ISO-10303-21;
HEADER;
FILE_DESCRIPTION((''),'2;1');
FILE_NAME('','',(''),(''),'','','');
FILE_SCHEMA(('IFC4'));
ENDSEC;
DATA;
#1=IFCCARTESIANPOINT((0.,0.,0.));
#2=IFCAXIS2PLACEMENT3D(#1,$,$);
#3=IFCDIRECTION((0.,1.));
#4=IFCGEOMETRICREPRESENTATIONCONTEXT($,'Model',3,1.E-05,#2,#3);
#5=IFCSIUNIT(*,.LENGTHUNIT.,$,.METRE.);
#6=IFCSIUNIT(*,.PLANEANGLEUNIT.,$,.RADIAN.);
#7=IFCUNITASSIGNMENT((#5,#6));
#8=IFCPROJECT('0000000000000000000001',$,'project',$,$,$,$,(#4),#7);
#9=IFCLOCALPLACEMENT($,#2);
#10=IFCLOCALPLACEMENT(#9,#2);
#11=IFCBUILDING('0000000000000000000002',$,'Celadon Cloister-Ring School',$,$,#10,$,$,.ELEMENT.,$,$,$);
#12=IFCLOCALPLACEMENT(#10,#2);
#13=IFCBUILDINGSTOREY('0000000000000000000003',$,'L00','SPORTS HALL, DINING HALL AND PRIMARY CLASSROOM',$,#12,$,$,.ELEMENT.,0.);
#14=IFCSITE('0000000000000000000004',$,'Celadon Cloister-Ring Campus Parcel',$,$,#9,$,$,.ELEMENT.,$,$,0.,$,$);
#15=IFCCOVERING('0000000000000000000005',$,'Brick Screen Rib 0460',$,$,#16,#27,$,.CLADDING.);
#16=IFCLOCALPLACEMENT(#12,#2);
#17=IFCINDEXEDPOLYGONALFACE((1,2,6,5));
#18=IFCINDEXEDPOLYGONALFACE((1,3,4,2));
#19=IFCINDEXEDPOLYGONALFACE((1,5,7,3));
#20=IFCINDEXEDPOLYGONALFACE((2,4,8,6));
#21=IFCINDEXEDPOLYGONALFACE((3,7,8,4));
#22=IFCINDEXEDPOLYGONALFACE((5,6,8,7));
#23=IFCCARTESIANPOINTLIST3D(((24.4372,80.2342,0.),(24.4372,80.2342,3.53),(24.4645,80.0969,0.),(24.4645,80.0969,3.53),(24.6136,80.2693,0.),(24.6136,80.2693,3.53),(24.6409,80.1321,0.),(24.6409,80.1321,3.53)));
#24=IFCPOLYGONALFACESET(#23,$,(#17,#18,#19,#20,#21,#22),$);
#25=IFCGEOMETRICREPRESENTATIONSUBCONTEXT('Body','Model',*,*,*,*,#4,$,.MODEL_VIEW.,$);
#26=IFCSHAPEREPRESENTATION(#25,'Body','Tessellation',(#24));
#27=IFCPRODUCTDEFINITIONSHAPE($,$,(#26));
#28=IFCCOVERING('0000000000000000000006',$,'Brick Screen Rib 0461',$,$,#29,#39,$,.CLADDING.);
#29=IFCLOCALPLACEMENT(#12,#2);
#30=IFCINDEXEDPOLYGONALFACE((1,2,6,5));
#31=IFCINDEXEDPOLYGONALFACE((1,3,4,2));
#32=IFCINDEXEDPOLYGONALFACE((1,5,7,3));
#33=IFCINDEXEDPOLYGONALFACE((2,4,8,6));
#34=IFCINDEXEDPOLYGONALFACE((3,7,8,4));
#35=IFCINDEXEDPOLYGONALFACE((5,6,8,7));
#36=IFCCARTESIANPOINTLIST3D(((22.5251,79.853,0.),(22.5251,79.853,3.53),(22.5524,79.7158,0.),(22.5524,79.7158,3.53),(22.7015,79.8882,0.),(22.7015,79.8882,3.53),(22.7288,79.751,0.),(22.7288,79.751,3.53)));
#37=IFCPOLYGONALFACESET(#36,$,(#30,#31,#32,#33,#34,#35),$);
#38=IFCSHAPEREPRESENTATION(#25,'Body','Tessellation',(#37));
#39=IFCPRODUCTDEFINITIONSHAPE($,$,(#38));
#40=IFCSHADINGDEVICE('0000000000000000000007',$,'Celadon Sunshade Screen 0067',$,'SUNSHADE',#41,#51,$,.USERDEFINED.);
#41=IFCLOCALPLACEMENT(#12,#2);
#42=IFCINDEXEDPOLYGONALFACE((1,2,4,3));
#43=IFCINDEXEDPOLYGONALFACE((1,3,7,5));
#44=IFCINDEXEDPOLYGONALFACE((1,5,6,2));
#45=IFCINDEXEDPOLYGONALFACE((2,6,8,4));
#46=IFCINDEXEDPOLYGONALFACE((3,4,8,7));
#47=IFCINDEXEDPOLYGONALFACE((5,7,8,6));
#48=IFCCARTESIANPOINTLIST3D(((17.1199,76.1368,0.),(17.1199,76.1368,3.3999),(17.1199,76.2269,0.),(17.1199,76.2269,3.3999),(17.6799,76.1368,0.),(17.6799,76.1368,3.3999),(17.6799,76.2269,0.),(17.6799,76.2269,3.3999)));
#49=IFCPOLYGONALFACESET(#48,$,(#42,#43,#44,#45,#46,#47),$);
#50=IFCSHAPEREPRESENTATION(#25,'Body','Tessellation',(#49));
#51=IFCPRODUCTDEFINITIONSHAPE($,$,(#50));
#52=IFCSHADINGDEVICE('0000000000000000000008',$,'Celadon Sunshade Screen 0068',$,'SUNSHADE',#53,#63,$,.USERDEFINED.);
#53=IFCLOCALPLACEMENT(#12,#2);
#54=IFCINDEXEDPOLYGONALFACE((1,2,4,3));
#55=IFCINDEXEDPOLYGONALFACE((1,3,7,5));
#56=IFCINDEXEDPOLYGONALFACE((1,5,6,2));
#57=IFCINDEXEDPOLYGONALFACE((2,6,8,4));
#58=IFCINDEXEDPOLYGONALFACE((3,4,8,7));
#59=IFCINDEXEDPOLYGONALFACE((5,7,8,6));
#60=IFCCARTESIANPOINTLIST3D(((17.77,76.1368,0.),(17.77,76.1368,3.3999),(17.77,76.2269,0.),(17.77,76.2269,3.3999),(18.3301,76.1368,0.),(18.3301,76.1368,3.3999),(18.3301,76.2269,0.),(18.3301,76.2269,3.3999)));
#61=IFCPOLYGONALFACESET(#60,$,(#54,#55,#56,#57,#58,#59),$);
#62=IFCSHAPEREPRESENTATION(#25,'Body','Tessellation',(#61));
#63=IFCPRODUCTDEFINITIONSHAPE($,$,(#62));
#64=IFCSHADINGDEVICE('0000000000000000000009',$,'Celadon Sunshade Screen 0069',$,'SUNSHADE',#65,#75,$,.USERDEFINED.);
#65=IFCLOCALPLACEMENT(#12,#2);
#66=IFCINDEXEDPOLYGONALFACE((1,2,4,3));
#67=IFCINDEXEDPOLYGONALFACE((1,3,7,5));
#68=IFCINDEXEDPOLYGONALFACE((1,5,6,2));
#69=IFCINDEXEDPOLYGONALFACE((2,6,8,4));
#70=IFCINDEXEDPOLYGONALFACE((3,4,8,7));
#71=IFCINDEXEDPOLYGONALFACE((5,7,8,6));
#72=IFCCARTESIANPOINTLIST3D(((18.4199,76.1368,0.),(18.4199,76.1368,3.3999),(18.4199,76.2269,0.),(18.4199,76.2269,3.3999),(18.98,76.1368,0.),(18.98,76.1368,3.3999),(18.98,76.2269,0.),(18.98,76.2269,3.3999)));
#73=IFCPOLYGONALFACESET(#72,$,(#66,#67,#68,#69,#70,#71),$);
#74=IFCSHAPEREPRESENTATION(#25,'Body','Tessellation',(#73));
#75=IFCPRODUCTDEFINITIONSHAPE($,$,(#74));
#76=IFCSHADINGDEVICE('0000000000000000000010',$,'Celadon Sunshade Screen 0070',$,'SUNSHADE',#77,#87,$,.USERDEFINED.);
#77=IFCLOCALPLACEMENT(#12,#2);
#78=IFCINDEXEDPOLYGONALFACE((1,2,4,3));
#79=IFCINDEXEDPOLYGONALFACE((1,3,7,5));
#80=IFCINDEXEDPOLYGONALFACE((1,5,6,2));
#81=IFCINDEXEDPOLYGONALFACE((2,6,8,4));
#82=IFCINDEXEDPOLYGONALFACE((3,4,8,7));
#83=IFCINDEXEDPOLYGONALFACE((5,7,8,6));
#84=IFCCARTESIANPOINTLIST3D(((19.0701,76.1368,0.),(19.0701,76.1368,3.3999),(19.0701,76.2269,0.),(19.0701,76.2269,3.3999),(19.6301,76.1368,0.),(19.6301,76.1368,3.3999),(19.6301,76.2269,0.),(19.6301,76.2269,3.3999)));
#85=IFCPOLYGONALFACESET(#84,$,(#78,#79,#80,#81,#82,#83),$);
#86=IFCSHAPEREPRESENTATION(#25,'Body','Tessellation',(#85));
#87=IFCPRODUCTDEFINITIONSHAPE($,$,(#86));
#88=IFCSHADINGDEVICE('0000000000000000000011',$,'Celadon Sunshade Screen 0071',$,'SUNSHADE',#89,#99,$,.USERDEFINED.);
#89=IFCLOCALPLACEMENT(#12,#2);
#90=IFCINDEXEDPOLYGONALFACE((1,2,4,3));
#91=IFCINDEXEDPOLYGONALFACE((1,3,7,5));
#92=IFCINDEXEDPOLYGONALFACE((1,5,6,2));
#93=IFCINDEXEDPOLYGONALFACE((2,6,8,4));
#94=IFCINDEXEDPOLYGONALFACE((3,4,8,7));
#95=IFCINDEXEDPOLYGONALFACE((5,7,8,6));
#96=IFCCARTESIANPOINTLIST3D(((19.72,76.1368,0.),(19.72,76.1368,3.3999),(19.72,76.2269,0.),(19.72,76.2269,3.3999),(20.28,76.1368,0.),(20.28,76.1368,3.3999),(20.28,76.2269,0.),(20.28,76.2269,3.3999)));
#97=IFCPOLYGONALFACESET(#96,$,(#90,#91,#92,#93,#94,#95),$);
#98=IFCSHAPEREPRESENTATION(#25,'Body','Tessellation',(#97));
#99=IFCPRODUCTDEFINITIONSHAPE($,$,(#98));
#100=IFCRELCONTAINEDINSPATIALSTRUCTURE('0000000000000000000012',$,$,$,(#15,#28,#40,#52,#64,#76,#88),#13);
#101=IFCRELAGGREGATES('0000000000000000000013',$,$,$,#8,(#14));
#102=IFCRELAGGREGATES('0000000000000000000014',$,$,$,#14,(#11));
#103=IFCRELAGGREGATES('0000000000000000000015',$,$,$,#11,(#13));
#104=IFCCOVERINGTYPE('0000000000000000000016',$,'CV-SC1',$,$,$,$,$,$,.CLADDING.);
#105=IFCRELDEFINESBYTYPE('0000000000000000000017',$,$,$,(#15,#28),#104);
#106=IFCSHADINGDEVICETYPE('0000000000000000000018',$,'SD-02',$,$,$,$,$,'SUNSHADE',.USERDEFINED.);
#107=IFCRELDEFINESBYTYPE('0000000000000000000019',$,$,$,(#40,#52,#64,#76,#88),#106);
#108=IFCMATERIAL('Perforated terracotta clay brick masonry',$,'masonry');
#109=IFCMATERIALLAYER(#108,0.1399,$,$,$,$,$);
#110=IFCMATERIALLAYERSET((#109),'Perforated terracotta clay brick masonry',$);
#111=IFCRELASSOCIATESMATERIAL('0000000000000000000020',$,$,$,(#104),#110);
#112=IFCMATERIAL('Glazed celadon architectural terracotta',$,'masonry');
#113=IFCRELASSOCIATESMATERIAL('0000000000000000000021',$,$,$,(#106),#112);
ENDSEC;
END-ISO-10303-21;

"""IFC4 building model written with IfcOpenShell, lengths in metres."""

from ifc_helpers import new_model, si_unit, direction, frame, origin, origin_2d, place, context, subcontext, project, spatial, rectangle, extrude, material, layer, layer_set, type_object, element, save


model = new_model("IFC4")

# Units and contexts
model_context = context("Model", 3, precision=1e-05, world=origin(), true_north=direction((0.0, 1.0)))
body_context = subcontext(model_context, "Body", "Model", "MODEL_VIEW")
ifc_project = project(units=[si_unit("LENGTHUNIT", "METRE"), si_unit("PLANEANGLEUNIT", "RADIAN")], contexts=[model_context])

# Site, building, storey
site_placement = place(None, origin())
site = spatial("IfcSite", under=ifc_project, at=site_placement, Name="Celadon Cloister-Ring Campus Parcel", CompositionType="ELEMENT", RefElevation=0.0)
building_placement = place(site_placement, origin())
building = spatial("IfcBuilding", under=site, at=building_placement, Name="Celadon Cloister-Ring School", CompositionType="ELEMENT")
storey_placement = place(building_placement, origin())
storey = spatial("IfcBuildingStorey", under=building, at=storey_placement, Name="L00", Description="SPORTS HALL, DINING HALL AND PRIMARY CLASSROOM", CompositionType="ELEMENT", Elevation=0.0)

# Coverings
ifc_material_1 = material(Name="Perforated terracotta clay brick masonry", Category="masonry")
ifc_layer_1 = layer(ifc_material_1, 0.1399)
ifc_layer_set_1 = layer_set([ifc_layer_1], Name="Perforated terracotta clay brick masonry")
covering_type = type_object("IfcCoveringType", Name="CV-SC1", PredefinedType="CLADDING", material=ifc_layer_set_1)
for number, where, z_axis, x_axis, name in (
    (1, (24.5391, 80.1831, 0.0), (0.0, 0.0, 1.0), (-0.980775, -0.195142, 0.0), "Brick Screen Rib 0460"),
    (2, (22.627, 79.802, 0.0), (0.0, 0.0, 1.0), (-0.980775, -0.195142, 0.0), "Brick Screen Rib 0461"),
):
    element("IfcCovering", number, at=place(storey_placement, frame(where, z_axis=z_axis, x_axis=x_axis)), inside=storey, type_object=covering_type, Name=name, PredefinedType="CLADDING", context=body_context, shape_type="SweptSolid", body=[
        extrude(rectangle(XDim=0.1799, YDim=0.1399, at=origin_2d()), origin(), (0.0, 0.0, 1.0), 3.53),
    ])

# Shading devices
ifc_material_2 = material(Name="Glazed celadon architectural terracotta", Category="masonry")
shading_device_type = type_object("IfcShadingDeviceType", Name="SD-02", ElementType="SUNSHADE", PredefinedType="USERDEFINED", material=ifc_material_2)
for number, where, z_axis, x_axis, name in (
    (3, (17.3999, 76.1819, 0.0), (0.0, 0.0, 1.0), (1.0, 0.0, 0.0), "Celadon Sunshade Screen 0067"),
    (4, (18.05, 76.1819, 0.0), (0.0, 0.0, 1.0), (1.0, 0.0, 0.0), "Celadon Sunshade Screen 0068"),
    (5, (18.7, 76.1819, 0.0), (0.0, 0.0, 1.0), (1.0, 0.0, 0.0), "Celadon Sunshade Screen 0069"),
    (6, (19.3501, 76.1819, 0.0), (0.0, 0.0, 1.0), (1.0, 0.0, 0.0), "Celadon Sunshade Screen 0070"),
    (7, (20.0, 76.1819, 0.0), (0.0, 0.0, 1.0), (1.0, 0.0, 0.0), "Celadon Sunshade Screen 0071"),
):
    element("IfcShadingDevice", number, at=place(storey_placement, frame(where, z_axis=z_axis, x_axis=x_axis)), inside=storey, type_object=shading_device_type, Name=name, ObjectType="SUNSHADE", PredefinedType="USERDEFINED", context=body_context, shape_type="SweptSolid", body=[
        extrude(rectangle(XDim=0.5601, YDim=0.0901, at=origin_2d()), origin(), (0.0, 0.0, 1.0), 3.3999),
    ])

save(model, "model.ifc")
